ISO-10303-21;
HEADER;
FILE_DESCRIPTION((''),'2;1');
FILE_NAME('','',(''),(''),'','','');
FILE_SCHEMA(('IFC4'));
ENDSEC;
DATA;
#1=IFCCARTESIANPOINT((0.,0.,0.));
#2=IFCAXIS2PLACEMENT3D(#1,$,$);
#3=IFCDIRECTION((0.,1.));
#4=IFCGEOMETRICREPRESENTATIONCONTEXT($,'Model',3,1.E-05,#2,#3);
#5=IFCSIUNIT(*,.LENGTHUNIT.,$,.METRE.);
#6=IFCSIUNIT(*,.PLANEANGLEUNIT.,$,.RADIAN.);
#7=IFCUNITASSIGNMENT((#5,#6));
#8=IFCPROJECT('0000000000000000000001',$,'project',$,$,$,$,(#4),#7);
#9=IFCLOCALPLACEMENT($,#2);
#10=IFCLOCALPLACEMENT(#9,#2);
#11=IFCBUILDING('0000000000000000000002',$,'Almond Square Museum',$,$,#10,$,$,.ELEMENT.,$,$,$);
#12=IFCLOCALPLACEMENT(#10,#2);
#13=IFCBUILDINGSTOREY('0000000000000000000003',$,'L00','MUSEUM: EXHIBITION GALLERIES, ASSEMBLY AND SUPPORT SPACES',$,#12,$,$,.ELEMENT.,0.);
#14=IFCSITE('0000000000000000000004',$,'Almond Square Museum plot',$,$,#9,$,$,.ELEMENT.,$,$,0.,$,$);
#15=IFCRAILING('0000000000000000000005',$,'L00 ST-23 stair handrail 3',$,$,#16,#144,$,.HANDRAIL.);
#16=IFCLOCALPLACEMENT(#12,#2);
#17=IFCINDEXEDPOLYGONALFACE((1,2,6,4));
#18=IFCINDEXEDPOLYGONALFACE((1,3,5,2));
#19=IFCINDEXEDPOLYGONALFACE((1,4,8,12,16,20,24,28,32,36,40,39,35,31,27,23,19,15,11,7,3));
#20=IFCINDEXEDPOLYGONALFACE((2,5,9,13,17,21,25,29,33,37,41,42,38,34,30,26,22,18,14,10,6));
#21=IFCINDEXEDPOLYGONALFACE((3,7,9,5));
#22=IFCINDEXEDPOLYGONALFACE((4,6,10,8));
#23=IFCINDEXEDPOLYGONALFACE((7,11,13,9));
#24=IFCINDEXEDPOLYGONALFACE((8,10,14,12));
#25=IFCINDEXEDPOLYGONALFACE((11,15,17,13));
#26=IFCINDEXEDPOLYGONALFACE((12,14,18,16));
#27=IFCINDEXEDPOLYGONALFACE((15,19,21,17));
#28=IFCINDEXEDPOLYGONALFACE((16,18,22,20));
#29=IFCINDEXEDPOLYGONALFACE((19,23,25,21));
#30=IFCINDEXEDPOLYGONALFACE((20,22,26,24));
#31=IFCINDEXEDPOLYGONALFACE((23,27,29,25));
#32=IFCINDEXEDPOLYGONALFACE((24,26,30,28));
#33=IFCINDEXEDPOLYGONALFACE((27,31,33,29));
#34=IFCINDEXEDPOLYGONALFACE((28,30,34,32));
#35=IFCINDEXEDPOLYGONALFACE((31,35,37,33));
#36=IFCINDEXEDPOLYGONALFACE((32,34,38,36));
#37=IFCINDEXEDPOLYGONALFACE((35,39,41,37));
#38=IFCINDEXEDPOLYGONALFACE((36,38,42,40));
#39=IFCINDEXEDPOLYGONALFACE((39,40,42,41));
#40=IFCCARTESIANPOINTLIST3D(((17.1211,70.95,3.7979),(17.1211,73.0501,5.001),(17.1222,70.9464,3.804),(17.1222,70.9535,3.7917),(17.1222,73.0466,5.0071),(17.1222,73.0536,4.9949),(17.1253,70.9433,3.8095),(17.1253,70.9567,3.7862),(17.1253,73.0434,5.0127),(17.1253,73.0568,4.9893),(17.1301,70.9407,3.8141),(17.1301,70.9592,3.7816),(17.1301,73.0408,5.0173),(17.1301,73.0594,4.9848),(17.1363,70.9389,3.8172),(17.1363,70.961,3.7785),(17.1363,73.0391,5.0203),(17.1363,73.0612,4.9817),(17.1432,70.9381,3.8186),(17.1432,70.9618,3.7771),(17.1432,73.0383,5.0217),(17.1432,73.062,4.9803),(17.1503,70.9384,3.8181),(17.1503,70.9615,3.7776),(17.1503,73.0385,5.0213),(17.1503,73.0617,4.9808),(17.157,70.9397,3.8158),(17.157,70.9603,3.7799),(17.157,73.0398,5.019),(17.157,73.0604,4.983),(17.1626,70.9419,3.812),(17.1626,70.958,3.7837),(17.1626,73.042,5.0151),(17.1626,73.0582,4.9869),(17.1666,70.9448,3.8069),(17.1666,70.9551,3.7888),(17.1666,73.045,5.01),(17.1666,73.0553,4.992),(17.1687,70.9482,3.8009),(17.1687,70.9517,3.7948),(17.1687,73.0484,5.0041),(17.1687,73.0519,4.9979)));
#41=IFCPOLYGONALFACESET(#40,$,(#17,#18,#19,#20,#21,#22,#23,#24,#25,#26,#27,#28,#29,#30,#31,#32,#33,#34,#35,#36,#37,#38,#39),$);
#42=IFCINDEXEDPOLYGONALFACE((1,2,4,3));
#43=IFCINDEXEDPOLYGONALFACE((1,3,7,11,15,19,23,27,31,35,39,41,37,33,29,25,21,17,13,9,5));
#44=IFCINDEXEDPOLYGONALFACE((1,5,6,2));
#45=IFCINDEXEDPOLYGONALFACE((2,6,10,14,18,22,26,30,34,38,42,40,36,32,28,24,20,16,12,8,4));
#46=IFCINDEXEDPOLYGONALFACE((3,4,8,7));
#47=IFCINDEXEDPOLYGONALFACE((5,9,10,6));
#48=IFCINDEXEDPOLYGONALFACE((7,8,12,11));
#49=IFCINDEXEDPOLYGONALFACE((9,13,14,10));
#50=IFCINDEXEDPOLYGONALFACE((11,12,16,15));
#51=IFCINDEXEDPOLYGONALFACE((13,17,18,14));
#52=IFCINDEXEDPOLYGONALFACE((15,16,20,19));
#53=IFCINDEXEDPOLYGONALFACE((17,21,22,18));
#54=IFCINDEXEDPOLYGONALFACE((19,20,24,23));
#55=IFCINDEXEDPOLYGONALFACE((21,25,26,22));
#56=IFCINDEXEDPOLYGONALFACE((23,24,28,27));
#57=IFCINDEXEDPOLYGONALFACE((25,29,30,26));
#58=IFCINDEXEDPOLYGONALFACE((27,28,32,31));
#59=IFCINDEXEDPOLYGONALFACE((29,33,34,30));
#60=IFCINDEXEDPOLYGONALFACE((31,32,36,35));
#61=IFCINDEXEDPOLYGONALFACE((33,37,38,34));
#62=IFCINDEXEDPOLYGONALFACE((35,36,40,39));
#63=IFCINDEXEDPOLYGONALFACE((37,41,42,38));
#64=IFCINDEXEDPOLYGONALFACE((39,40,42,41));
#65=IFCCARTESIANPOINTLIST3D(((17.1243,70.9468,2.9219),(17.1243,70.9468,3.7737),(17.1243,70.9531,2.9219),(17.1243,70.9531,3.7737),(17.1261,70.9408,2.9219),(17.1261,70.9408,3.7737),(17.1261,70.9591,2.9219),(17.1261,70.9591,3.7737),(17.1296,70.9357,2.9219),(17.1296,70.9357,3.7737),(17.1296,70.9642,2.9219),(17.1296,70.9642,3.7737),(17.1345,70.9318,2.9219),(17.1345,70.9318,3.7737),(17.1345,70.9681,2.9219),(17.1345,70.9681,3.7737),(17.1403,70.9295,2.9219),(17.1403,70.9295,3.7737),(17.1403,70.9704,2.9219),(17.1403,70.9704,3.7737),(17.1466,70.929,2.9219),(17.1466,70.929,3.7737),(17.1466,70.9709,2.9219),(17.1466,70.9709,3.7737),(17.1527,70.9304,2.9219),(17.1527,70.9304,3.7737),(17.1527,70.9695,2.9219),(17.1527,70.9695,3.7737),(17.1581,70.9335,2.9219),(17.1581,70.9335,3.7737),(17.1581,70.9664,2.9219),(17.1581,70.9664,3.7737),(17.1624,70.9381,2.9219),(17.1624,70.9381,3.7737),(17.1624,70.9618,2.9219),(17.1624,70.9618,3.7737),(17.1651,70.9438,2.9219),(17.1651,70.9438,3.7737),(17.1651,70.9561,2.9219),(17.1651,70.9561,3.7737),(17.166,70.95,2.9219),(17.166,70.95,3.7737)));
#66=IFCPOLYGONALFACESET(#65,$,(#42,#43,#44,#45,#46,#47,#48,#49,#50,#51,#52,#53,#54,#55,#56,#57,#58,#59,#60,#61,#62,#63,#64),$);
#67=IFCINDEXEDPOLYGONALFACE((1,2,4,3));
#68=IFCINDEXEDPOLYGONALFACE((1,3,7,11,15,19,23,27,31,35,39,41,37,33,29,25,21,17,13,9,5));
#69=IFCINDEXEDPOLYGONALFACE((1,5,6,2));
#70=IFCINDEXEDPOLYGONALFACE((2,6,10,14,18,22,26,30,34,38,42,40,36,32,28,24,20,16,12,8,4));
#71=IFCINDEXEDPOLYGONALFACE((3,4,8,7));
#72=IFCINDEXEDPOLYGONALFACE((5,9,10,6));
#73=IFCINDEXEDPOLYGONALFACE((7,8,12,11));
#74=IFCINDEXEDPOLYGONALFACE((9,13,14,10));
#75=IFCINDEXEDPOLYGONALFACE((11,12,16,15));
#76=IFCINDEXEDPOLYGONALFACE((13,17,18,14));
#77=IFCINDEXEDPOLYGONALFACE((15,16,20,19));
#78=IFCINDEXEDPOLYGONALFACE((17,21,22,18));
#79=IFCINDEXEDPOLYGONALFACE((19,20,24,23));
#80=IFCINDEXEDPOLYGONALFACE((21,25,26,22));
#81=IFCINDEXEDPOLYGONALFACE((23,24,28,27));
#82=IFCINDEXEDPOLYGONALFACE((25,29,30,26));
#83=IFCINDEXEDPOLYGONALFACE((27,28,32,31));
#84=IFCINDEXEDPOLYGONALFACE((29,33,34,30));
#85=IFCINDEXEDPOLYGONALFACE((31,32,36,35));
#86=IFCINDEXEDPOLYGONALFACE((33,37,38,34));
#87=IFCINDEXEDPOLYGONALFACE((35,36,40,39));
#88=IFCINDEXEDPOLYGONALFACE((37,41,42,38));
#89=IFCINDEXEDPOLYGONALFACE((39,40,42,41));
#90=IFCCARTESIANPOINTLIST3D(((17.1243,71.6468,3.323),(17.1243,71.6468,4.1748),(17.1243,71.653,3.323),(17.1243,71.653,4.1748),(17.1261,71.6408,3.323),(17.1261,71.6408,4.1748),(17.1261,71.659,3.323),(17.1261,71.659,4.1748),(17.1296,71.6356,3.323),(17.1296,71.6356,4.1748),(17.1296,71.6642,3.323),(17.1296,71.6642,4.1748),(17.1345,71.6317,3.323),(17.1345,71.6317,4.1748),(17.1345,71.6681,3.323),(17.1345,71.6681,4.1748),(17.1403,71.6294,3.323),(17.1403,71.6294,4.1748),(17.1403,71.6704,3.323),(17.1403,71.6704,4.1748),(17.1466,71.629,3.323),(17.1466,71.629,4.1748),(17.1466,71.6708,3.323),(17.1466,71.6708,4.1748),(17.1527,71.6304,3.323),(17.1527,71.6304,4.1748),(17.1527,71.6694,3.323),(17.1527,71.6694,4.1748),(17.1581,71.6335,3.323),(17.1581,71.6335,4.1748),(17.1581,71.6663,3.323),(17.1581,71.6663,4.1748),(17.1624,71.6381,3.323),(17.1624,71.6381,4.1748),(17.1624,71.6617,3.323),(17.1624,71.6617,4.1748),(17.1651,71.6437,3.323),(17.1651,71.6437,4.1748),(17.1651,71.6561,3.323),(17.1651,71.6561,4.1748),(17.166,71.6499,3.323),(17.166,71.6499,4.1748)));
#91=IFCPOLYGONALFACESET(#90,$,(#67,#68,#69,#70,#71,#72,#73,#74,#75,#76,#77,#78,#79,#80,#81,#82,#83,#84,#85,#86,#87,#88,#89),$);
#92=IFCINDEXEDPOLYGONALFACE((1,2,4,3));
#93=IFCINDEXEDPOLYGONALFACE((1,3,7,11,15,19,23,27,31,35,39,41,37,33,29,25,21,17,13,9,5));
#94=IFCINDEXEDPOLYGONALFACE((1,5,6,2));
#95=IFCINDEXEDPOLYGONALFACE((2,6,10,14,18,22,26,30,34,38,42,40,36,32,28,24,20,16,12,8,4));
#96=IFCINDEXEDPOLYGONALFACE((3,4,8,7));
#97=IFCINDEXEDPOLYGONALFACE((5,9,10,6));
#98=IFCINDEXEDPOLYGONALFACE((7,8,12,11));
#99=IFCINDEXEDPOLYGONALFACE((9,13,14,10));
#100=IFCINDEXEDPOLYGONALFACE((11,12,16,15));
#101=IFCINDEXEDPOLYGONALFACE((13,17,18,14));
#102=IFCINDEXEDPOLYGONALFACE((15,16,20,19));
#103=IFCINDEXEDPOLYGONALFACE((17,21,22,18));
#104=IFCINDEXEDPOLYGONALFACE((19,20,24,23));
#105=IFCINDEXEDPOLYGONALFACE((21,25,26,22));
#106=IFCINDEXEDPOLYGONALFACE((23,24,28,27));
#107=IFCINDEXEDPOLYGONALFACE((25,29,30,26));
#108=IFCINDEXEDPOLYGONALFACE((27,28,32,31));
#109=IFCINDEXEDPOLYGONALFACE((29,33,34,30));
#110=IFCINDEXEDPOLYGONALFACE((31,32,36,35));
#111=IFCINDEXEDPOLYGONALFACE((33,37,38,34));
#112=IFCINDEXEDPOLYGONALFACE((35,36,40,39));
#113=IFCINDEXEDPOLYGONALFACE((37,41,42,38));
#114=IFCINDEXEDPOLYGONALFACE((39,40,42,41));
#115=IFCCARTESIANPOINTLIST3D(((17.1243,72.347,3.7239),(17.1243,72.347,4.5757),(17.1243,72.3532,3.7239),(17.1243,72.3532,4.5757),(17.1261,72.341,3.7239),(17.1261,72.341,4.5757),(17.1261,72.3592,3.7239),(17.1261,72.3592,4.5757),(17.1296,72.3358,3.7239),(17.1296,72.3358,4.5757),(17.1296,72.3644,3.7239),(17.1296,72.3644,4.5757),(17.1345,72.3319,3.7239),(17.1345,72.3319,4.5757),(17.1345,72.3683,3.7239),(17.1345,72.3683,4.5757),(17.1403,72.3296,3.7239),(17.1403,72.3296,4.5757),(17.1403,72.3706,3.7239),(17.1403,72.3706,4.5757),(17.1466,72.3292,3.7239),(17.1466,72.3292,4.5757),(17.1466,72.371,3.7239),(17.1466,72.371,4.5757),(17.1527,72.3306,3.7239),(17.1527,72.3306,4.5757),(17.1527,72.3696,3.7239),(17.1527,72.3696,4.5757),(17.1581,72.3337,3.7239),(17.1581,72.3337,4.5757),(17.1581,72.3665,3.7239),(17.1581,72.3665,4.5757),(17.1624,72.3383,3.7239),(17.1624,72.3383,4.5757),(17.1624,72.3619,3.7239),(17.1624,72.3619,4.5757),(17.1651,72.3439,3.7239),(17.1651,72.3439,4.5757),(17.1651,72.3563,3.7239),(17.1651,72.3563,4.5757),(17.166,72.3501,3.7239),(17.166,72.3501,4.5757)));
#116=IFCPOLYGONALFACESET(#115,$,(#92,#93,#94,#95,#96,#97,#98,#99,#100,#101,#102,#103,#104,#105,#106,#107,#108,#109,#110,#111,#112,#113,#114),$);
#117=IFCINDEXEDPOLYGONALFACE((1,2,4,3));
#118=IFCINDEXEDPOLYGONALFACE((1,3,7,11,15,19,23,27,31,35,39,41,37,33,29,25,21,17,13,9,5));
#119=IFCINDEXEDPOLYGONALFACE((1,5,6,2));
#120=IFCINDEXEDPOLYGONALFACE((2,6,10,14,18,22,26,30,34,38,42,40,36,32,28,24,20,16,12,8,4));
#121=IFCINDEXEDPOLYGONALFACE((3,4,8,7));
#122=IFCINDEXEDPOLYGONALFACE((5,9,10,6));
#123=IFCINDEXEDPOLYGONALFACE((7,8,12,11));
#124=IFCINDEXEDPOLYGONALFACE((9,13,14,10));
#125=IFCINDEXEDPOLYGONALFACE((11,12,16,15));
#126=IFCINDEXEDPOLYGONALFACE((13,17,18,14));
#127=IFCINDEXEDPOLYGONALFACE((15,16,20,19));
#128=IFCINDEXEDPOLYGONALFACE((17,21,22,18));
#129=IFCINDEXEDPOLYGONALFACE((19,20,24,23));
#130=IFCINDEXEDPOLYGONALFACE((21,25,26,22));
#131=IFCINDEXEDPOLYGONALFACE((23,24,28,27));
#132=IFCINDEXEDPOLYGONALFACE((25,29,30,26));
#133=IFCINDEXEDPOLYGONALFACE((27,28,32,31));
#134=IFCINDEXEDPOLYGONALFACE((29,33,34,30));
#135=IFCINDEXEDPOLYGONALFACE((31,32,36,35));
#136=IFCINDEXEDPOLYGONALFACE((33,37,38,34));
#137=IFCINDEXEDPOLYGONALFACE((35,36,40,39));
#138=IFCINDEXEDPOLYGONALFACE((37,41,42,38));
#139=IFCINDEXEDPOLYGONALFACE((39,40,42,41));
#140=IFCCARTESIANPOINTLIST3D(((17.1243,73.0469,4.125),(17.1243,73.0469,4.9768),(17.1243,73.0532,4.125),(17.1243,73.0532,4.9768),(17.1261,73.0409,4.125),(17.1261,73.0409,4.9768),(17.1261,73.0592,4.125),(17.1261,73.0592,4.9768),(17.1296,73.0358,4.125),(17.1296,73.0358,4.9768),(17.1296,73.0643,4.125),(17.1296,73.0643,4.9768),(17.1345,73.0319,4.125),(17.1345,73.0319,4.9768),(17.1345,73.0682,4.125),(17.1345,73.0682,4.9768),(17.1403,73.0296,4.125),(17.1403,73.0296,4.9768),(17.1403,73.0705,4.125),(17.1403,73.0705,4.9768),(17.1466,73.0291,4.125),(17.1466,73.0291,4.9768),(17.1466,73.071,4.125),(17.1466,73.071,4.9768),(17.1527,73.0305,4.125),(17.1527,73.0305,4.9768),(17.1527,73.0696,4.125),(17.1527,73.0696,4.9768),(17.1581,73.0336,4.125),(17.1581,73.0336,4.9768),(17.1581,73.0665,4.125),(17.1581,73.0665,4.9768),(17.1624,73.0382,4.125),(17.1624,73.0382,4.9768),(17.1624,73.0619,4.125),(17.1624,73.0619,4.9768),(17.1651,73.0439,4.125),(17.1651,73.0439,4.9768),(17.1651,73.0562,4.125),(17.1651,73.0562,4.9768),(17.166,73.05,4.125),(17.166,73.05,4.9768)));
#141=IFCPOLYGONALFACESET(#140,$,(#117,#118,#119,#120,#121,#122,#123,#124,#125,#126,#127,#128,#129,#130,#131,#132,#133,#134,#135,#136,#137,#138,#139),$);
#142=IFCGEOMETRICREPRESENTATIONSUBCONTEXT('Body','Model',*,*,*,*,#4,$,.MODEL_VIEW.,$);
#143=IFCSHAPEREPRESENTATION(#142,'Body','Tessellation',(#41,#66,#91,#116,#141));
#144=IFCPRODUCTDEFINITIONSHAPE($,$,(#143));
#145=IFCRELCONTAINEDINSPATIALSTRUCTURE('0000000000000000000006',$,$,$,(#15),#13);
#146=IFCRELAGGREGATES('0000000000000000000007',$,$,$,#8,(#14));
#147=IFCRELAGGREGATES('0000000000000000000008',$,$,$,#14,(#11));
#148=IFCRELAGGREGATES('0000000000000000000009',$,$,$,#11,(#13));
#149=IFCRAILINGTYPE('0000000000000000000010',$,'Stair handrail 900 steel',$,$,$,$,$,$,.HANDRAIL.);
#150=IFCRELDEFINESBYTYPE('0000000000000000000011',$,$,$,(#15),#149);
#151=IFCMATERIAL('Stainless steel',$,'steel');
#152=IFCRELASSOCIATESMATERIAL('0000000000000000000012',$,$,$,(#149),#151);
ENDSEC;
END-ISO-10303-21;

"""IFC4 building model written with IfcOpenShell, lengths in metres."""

from ifc_helpers import new_model, si_unit, direction, frame, origin, origin_2d, place, context, subcontext, project, spatial, circle, extrude, material, type_object, element, save


model = new_model("IFC4")

# Units and contexts
model_context = context("Model", 3, precision=1e-05, world=origin(), true_north=direction((0.0, 1.0)))
body_context = subcontext(model_context, "Body", "Model", "MODEL_VIEW")
ifc_project = project(units=[si_unit("LENGTHUNIT", "METRE"), si_unit("PLANEANGLEUNIT", "RADIAN")], contexts=[model_context])

# Site, building, storey
site_placement = place(None, origin())
site = spatial("IfcSite", under=ifc_project, at=site_placement, Name="Almond Square Museum plot", CompositionType="ELEMENT", RefElevation=0.0)
building_placement = place(site_placement, origin())
building = spatial("IfcBuilding", under=site, at=building_placement, Name="Almond Square Museum", CompositionType="ELEMENT")
storey_placement = place(building_placement, origin())
storey = spatial("IfcBuildingStorey", under=building, at=storey_placement, Name="L00", Description="MUSEUM: EXHIBITION GALLERIES, ASSEMBLY AND SUPPORT SPACES", CompositionType="ELEMENT", Elevation=0.0)

# Railing
ifc_material_1 = material(Name="Stainless steel", Category="steel")
railing_type_1 = type_object("IfcRailingType", Name="Stair handrail 900 steel", PredefinedType="HANDRAIL", material=ifc_material_1)
for number, where, name in (
    (1, (17.145, 70.95, 2.9219), "L00 ST-23 stair handrail 3"),
):
    element("IfcRailing", number, at=place(storey_placement, frame(where)), inside=storey, type_object=railing_type_1, Name=name, PredefinedType="HANDRAIL", context=body_context, shape_type="SweptSolid", body=[
        extrude(circle(Radius=0.0239, at=origin_2d()), frame((0.0, 0.0, 0.876), z_axis=(0.0, 0.867696, 0.497095), x_axis=(-1.0, 0.0, 0.0)), (0.0, 0.0, 1.0), 2.4204),
        extrude(circle(Radius=0.021, at=origin_2d()), origin(), (0.0, 0.0, 1.0), 0.8518),
        extrude(circle(Radius=0.021, at=origin_2d()), frame((0.0, 0.7, 0.4011)), (0.0, 0.0, 1.0), 0.8518),
        extrude(circle(Radius=0.021, at=origin_2d()), frame((0.0, 1.4001, 0.802)), (0.0, 0.0, 1.0), 0.8518),
        extrude(circle(Radius=0.021, at=origin_2d()), frame((0.0, 2.1001, 1.2031)), (0.0, 0.0, 1.0), 0.8518),
    ])

save(model, "model.ifc")
